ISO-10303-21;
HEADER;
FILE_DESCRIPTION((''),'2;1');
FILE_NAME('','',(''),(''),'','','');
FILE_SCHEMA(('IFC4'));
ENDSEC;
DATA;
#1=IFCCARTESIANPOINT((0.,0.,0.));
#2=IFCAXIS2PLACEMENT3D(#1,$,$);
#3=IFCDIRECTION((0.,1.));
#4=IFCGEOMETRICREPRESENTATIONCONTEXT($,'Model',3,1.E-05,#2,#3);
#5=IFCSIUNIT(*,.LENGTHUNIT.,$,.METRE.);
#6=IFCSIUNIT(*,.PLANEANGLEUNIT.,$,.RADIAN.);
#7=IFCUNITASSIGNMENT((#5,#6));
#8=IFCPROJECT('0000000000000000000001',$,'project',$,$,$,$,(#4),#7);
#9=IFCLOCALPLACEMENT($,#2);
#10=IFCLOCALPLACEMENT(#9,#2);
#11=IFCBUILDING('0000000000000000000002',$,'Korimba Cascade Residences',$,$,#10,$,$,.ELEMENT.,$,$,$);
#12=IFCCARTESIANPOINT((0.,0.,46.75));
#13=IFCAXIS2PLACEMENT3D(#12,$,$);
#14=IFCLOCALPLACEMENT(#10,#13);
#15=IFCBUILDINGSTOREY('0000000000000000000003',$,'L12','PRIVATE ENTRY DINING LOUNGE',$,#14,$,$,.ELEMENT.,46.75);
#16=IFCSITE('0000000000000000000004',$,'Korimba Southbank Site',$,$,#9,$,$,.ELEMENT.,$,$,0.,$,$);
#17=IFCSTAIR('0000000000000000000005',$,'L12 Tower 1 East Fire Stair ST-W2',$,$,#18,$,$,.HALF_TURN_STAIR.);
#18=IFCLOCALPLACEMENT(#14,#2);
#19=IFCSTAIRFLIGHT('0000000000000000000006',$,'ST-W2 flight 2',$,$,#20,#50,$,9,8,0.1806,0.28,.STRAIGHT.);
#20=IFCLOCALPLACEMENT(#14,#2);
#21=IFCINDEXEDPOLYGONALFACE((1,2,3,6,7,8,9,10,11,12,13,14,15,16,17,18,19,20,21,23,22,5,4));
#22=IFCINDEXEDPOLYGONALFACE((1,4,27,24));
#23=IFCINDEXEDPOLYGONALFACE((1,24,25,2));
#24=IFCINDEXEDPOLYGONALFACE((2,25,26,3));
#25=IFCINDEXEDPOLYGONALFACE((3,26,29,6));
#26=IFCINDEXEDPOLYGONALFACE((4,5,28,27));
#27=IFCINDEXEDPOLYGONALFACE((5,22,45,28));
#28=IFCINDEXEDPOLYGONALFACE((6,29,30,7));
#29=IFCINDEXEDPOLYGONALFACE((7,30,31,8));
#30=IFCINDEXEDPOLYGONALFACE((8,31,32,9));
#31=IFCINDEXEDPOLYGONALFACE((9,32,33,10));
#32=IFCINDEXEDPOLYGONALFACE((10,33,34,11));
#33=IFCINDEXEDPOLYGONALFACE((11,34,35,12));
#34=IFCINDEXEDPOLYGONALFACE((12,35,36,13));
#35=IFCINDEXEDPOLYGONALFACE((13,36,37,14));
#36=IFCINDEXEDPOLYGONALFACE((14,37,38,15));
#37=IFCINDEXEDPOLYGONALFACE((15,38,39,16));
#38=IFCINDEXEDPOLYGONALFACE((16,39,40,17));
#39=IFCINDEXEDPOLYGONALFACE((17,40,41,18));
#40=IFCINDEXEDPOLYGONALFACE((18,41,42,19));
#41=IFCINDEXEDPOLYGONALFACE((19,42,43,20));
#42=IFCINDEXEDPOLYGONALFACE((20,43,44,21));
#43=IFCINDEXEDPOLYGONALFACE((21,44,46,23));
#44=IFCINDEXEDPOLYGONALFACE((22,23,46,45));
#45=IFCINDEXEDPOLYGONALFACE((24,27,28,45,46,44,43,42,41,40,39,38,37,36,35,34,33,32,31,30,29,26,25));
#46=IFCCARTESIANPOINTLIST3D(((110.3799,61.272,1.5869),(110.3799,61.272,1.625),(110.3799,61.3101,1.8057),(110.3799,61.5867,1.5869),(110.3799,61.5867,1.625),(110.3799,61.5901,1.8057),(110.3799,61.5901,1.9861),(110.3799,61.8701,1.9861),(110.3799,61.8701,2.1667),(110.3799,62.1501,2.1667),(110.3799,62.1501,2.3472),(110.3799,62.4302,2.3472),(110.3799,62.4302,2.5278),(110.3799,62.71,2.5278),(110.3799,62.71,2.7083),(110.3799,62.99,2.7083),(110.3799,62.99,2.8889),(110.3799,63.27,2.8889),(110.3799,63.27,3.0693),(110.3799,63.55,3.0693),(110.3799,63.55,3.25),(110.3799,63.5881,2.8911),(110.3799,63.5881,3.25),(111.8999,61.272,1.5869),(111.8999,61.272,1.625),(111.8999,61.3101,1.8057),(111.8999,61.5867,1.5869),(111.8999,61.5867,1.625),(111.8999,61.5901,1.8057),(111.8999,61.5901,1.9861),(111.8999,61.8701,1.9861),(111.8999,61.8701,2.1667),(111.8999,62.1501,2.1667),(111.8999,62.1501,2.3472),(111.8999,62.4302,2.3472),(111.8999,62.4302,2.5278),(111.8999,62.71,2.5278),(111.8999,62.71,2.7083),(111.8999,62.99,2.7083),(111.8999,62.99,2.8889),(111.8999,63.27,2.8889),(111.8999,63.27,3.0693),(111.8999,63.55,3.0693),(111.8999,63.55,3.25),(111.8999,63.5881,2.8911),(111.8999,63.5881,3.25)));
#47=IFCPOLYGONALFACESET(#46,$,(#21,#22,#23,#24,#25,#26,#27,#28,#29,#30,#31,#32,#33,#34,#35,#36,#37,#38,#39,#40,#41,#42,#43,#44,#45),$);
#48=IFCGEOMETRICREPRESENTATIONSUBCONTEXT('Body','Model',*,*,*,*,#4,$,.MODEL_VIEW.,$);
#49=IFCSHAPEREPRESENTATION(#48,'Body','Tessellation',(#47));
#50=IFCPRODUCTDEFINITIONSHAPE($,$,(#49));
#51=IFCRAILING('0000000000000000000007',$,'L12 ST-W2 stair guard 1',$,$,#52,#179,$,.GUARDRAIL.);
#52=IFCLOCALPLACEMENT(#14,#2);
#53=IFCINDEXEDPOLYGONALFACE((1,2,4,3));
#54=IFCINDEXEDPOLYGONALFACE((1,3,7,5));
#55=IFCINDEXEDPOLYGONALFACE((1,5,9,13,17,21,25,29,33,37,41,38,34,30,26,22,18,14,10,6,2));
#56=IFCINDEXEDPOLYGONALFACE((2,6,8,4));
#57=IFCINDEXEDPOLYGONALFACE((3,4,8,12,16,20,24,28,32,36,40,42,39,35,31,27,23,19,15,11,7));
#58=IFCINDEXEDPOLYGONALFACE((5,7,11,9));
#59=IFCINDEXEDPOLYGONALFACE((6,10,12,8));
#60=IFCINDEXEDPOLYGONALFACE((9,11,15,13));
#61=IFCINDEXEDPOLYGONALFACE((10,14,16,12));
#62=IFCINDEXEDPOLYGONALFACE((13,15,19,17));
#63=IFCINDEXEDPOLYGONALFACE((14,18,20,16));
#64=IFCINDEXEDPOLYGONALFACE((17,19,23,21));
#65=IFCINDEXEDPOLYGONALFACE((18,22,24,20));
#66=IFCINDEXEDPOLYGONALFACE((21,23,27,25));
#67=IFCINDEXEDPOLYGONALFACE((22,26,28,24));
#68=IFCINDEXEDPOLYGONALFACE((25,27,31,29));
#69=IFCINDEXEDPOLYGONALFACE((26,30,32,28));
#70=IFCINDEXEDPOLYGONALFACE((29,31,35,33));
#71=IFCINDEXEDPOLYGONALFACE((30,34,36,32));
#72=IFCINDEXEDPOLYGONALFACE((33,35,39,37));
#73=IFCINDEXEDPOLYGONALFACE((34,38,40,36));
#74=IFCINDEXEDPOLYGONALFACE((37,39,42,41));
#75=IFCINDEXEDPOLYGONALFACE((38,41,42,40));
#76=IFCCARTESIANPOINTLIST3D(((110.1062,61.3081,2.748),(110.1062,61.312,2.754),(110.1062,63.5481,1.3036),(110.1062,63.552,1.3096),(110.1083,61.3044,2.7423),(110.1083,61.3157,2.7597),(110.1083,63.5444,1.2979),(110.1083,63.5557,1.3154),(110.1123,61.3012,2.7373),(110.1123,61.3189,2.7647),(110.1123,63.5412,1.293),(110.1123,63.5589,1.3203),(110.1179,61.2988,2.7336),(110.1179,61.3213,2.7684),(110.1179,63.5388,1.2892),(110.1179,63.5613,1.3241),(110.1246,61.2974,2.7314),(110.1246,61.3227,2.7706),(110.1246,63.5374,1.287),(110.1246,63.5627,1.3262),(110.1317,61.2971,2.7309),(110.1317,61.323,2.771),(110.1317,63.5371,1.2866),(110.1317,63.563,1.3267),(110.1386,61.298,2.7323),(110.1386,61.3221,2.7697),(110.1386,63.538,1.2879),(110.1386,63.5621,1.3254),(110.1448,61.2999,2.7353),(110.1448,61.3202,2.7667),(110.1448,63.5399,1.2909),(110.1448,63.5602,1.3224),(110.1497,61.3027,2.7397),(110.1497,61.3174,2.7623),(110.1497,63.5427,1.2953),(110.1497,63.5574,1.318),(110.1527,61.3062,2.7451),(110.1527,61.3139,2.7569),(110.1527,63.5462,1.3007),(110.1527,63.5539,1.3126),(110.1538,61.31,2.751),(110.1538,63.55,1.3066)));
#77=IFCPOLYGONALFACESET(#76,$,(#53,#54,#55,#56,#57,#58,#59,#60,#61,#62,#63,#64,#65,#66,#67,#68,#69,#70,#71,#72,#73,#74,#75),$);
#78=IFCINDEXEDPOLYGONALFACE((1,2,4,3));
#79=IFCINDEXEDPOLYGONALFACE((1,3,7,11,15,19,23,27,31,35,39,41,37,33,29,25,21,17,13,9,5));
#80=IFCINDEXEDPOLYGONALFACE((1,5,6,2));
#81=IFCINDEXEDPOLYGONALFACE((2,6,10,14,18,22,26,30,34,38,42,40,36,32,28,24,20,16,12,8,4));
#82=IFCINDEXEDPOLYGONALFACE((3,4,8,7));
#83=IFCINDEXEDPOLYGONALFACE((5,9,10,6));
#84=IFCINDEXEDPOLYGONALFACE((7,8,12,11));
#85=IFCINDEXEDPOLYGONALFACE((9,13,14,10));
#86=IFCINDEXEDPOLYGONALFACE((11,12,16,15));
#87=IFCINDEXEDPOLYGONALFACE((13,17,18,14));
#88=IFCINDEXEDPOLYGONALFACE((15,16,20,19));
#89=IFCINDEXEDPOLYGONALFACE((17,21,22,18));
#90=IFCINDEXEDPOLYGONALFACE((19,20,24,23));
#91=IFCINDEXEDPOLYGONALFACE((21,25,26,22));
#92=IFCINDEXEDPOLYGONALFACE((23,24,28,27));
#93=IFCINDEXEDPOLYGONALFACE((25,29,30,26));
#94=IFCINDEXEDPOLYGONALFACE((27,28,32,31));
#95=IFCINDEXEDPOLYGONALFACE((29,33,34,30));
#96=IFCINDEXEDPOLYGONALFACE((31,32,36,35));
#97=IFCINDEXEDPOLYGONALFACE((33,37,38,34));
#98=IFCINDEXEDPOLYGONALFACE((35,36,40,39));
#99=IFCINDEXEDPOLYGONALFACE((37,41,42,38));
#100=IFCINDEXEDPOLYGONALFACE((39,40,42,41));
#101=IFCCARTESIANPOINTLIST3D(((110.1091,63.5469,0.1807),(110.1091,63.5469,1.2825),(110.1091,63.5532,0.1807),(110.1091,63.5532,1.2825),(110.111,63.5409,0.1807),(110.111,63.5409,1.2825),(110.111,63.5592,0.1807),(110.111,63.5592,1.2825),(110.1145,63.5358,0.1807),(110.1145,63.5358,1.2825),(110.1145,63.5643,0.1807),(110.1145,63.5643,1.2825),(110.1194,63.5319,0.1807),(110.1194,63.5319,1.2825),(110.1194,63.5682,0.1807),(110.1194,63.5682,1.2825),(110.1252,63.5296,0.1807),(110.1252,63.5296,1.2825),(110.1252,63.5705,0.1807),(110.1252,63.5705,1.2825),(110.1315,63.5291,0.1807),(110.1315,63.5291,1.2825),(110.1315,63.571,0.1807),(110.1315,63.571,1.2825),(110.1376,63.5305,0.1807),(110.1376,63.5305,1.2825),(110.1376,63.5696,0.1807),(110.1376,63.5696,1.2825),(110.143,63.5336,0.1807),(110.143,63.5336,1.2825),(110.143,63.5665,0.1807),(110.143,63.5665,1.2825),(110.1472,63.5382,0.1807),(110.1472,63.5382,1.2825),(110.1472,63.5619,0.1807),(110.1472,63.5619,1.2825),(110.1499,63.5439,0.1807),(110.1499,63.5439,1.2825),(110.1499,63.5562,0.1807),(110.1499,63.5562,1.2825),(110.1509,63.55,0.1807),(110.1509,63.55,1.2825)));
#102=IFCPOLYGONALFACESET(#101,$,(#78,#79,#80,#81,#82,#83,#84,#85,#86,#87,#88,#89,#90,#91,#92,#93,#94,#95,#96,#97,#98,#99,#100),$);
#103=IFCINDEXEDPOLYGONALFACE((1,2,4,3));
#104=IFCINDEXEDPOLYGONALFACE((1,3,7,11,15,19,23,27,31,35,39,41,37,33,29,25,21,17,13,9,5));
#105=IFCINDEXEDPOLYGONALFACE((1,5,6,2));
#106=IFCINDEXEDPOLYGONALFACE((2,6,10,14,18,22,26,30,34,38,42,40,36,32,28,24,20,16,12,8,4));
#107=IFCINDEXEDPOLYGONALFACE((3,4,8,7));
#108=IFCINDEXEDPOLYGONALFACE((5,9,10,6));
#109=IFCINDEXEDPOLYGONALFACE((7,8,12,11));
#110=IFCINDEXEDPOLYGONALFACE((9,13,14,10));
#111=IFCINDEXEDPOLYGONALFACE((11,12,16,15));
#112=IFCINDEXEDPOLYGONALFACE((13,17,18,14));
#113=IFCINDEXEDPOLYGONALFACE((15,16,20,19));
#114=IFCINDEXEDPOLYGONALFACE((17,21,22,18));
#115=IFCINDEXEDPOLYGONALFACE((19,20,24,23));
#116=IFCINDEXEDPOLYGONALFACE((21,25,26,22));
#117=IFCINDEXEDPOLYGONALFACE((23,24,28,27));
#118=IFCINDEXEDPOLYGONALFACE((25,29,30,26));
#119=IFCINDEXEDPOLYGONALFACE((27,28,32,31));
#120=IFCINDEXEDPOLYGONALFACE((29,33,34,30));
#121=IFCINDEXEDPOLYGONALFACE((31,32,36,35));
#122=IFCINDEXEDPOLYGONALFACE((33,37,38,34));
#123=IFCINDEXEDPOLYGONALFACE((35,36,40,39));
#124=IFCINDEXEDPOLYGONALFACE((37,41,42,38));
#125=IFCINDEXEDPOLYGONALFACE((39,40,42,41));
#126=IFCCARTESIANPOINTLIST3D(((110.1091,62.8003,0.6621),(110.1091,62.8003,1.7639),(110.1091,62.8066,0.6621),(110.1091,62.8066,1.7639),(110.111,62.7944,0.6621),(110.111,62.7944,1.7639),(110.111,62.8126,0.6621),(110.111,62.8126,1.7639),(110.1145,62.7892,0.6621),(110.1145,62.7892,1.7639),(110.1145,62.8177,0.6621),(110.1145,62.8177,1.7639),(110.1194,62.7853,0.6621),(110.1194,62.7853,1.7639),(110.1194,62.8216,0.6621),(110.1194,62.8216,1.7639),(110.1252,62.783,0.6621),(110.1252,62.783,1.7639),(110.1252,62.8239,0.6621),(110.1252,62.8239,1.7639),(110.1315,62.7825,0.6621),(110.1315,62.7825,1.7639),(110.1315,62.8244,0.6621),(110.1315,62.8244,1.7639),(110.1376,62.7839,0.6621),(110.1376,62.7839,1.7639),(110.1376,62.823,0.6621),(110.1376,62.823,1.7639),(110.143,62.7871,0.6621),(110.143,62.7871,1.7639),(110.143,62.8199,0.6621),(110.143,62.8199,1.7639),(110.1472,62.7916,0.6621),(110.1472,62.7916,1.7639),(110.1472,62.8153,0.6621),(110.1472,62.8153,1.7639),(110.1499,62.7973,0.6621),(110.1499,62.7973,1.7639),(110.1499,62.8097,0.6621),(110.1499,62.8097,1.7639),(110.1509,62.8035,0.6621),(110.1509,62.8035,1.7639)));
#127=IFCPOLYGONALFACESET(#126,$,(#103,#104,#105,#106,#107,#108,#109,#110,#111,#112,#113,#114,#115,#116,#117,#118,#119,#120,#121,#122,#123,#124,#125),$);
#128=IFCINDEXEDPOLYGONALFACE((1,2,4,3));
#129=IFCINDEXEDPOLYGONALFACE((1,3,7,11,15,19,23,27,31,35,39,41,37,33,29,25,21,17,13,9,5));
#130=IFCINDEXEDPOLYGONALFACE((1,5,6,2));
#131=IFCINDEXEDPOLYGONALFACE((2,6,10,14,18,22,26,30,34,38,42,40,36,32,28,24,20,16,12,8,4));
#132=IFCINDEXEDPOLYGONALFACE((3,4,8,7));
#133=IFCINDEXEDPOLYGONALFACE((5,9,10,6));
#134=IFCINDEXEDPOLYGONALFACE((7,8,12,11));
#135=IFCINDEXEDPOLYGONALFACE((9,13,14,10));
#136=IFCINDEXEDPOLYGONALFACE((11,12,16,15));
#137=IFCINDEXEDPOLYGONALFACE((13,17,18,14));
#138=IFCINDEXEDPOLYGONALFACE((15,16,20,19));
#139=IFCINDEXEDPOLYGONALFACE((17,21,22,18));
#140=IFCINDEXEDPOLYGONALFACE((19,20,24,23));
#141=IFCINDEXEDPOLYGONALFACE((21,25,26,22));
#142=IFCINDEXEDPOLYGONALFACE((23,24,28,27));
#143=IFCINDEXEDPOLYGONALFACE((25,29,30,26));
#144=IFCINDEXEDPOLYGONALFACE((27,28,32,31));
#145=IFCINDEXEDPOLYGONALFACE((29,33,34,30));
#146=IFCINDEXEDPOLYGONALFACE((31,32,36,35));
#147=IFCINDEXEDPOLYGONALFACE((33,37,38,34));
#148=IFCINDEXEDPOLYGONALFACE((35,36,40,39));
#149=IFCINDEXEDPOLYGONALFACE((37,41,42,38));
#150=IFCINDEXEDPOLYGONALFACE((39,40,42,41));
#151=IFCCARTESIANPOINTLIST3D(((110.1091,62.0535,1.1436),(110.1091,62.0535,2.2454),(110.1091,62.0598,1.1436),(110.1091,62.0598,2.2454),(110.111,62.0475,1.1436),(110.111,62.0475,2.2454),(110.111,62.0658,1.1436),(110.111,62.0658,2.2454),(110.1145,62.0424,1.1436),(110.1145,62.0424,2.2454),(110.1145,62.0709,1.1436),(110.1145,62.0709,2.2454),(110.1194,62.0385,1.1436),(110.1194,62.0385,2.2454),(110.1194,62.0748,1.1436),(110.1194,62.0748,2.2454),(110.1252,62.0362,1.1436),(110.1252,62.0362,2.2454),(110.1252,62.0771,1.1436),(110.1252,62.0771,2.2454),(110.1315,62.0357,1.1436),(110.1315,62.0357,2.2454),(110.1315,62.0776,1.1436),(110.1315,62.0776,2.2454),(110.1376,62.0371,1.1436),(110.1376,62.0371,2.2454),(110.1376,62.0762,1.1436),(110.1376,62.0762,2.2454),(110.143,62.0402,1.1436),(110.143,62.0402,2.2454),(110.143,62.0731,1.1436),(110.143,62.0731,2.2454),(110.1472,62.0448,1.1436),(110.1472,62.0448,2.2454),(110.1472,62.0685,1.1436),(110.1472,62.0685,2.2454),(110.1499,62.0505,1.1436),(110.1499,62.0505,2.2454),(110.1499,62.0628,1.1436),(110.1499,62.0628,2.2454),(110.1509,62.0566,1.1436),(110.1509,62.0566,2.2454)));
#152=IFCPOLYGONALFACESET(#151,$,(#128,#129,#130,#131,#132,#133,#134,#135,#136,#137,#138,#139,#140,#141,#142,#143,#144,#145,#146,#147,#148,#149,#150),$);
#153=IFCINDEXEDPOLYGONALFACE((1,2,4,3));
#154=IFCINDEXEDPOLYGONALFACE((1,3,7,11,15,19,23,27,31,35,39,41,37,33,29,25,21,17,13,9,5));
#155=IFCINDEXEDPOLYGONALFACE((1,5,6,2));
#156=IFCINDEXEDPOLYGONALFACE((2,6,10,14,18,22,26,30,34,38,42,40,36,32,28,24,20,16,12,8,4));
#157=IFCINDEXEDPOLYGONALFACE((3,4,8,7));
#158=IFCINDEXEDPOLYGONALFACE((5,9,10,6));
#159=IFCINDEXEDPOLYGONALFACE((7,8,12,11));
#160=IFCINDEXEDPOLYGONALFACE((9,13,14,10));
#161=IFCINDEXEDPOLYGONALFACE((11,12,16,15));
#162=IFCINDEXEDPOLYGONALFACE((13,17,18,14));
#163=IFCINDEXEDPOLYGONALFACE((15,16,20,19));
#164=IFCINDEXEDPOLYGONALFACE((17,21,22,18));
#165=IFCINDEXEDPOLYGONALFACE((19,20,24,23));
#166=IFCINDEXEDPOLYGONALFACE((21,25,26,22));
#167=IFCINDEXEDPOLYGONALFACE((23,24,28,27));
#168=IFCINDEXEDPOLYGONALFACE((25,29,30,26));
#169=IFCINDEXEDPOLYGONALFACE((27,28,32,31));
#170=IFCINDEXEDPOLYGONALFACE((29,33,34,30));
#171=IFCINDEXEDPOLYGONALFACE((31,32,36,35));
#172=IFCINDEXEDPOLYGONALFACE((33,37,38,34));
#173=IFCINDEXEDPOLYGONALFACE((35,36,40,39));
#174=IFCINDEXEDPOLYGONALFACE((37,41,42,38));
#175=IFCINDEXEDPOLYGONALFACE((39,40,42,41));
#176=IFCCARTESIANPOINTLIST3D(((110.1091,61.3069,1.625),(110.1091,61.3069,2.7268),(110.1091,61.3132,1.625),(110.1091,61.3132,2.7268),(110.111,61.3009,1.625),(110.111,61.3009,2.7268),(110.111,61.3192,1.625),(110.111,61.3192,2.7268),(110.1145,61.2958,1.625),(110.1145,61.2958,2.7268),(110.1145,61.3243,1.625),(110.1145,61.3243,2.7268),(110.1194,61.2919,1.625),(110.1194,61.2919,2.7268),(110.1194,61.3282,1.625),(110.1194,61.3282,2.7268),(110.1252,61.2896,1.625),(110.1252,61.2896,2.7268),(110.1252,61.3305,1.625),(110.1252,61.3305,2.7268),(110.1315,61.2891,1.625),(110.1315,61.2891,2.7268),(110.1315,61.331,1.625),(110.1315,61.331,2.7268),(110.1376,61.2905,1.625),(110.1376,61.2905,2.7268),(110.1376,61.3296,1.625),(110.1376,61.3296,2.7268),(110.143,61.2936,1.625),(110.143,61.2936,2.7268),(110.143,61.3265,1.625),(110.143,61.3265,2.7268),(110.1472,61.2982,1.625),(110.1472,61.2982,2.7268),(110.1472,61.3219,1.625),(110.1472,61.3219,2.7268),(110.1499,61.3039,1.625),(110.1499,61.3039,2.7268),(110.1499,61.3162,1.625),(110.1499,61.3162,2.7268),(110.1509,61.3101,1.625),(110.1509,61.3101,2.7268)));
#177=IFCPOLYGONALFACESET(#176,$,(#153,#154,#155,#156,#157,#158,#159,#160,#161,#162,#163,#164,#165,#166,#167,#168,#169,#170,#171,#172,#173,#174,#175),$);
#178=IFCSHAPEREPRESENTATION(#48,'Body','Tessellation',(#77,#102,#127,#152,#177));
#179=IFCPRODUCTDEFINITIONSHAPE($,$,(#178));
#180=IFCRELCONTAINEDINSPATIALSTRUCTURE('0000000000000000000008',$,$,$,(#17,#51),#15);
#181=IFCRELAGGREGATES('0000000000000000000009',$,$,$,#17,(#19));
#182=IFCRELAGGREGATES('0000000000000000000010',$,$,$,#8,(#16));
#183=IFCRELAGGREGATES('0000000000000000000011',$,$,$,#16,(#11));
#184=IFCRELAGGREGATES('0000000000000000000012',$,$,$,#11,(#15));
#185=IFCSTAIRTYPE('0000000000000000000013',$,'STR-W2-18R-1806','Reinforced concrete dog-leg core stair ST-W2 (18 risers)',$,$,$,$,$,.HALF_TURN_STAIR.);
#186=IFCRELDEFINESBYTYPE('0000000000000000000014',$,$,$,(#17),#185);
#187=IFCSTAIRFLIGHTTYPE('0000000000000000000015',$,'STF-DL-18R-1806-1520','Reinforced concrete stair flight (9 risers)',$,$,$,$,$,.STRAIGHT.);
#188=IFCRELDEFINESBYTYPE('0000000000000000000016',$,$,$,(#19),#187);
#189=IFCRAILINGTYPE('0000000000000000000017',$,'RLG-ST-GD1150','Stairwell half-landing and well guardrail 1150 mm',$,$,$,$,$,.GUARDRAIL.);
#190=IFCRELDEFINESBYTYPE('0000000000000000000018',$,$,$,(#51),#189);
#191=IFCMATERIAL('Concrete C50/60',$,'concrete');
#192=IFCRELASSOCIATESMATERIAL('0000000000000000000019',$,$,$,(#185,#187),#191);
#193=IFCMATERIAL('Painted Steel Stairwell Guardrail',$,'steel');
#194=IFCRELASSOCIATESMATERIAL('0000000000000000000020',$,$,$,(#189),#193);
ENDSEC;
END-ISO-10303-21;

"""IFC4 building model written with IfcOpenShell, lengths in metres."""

from ifc_helpers import new_model, si_unit, direction, frame, origin, origin_2d, place, context, subcontext, project, spatial, polyline, circle, outline, extrude, material, type_object, element, aggregate, save


model = new_model("IFC4")

# Units and contexts
model_context = context("Model", 3, precision=1e-05, world=origin(), true_north=direction((0.0, 1.0)))
body_context = subcontext(model_context, "Body", "Model", "MODEL_VIEW")
ifc_project = project(units=[si_unit("LENGTHUNIT", "METRE"), si_unit("PLANEANGLEUNIT", "RADIAN")], contexts=[model_context])

# Site, building, storey
site_placement = place(None, origin())
site = spatial("IfcSite", under=ifc_project, at=site_placement, Name="Korimba Southbank Site", CompositionType="ELEMENT", RefElevation=0.0)
building_placement = place(site_placement, origin())
building = spatial("IfcBuilding", under=site, at=building_placement, Name="Korimba Cascade Residences", CompositionType="ELEMENT")
storey_placement = place(building_placement, frame((0.0, 0.0, 46.75)))
storey = spatial("IfcBuildingStorey", under=building, at=storey_placement, Name="L12", Description="PRIVATE ENTRY DINING LOUNGE", CompositionType="ELEMENT", Elevation=46.75)

# Shared definitions
ifc_material_1 = material(Name="Concrete C50/60", Category="concrete")

# Stair, stair flight
stair_type = type_object("IfcStairType", Name="STR-W2-18R-1806", Description="Reinforced concrete dog-leg core stair ST-W2 (18 risers)", PredefinedType="HALF_TURN_STAIR", material=ifc_material_1)
stair_placement = place(storey_placement, origin())
stair = element("IfcStair", 1, at=stair_placement, inside=storey, type_object=stair_type, Name="L12 Tower 1 East Fire Stair ST-W2", PredefinedType="HALF_TURN_STAIR")
stair_flight_type = type_object("IfcStairFlightType", Name="STF-DL-18R-1806-1520", Description="Reinforced concrete stair flight (9 risers)", PredefinedType="STRAIGHT", material=ifc_material_1)
stair_flight_1_placement = place(storey_placement, frame((111.1399, 61.3101, 1.625), z_axis=(0.0, 0.0, 1.0), x_axis=(0.0, 1.0, 0.0)))
stair_flight_1 = element("IfcStairFlight", 2, at=stair_flight_1_placement, type_object=stair_flight_type, Name="ST-W2 flight 2", NumberOfRisers=9, NumberOfTreads=8, PredefinedType="STRAIGHT", RiserHeight=0.1806, TreadLength=0.28, context=body_context, shape_type="SweptSolid", body=[
    extrude(outline(polyline([(-0.0381, 0.0), (0.0, 0.1807), (0.28, 0.1807), (0.28, 0.3611), (0.5601, 0.3611), (0.5601, 0.5417), (0.8401, 0.5417), (0.8401, 0.7222), (1.1201, 0.7222), (1.1201, 0.9028), (1.3999, 0.9028), (1.3999, 1.0833), (1.6799, 1.0833), (1.6799, 1.2639), (1.96, 1.2639), (1.96, 1.4443), (2.24, 1.4443), (2.24, 1.625), (2.2781, 1.625), (2.2781, 1.2661), (0.2766, 0.0), (0.2766, -0.0381), (-0.0381, -0.0381), (-0.0381, 0.0)])), frame((0.0, 0.76, 0.0), z_axis=(0.0, -1.0, 0.0), x_axis=(1.0, 0.0, 0.0)), (0.0, 0.0, 1.0), 1.52),
])
aggregate(stair, [stair_flight_1])

# Railing
ifc_material_2 = material(Name="Painted Steel Stairwell Guardrail", Category="steel")
railing_type_1 = type_object("IfcRailingType", Name="RLG-ST-GD1150", Description="Stairwell half-landing and well guardrail 1150 mm", PredefinedType="GUARDRAIL", material=ifc_material_2)
railing_1_placement = place(storey_placement, frame((110.1299, 63.55, 0.1807)))
element("IfcRailing", 3, at=railing_1_placement, inside=storey, type_object=railing_type_1, Name="L12 ST-W2 stair guard 1", PredefinedType="GUARDRAIL", context=body_context, shape_type="SweptSolid", body=[
    extrude(circle(Radius=0.0239, at=origin_2d()), frame((0.0, 0.0, 1.126), z_axis=(0.0, -0.840437, 0.54191), x_axis=(1.0, 0.0, 0.0)), (0.0, 0.0, 1.0), 2.6653),
    extrude(circle(Radius=0.021, at=origin_2d()), origin(), (0.0, 0.0, 1.0), 1.1018),
    extrude(circle(Radius=0.021, at=origin_2d()), frame((0.0, -0.7466, 0.4814)), (0.0, 0.0, 1.0), 1.1018),
    extrude(circle(Radius=0.021, at=origin_2d()), frame((0.0, -1.4934, 0.9629)), (0.0, 0.0, 1.0), 1.1018),
    extrude(circle(Radius=0.021, at=origin_2d()), frame((0.0, -2.24, 1.4443)), (0.0, 0.0, 1.0), 1.1018),
])

save(model, "model.ifc")
